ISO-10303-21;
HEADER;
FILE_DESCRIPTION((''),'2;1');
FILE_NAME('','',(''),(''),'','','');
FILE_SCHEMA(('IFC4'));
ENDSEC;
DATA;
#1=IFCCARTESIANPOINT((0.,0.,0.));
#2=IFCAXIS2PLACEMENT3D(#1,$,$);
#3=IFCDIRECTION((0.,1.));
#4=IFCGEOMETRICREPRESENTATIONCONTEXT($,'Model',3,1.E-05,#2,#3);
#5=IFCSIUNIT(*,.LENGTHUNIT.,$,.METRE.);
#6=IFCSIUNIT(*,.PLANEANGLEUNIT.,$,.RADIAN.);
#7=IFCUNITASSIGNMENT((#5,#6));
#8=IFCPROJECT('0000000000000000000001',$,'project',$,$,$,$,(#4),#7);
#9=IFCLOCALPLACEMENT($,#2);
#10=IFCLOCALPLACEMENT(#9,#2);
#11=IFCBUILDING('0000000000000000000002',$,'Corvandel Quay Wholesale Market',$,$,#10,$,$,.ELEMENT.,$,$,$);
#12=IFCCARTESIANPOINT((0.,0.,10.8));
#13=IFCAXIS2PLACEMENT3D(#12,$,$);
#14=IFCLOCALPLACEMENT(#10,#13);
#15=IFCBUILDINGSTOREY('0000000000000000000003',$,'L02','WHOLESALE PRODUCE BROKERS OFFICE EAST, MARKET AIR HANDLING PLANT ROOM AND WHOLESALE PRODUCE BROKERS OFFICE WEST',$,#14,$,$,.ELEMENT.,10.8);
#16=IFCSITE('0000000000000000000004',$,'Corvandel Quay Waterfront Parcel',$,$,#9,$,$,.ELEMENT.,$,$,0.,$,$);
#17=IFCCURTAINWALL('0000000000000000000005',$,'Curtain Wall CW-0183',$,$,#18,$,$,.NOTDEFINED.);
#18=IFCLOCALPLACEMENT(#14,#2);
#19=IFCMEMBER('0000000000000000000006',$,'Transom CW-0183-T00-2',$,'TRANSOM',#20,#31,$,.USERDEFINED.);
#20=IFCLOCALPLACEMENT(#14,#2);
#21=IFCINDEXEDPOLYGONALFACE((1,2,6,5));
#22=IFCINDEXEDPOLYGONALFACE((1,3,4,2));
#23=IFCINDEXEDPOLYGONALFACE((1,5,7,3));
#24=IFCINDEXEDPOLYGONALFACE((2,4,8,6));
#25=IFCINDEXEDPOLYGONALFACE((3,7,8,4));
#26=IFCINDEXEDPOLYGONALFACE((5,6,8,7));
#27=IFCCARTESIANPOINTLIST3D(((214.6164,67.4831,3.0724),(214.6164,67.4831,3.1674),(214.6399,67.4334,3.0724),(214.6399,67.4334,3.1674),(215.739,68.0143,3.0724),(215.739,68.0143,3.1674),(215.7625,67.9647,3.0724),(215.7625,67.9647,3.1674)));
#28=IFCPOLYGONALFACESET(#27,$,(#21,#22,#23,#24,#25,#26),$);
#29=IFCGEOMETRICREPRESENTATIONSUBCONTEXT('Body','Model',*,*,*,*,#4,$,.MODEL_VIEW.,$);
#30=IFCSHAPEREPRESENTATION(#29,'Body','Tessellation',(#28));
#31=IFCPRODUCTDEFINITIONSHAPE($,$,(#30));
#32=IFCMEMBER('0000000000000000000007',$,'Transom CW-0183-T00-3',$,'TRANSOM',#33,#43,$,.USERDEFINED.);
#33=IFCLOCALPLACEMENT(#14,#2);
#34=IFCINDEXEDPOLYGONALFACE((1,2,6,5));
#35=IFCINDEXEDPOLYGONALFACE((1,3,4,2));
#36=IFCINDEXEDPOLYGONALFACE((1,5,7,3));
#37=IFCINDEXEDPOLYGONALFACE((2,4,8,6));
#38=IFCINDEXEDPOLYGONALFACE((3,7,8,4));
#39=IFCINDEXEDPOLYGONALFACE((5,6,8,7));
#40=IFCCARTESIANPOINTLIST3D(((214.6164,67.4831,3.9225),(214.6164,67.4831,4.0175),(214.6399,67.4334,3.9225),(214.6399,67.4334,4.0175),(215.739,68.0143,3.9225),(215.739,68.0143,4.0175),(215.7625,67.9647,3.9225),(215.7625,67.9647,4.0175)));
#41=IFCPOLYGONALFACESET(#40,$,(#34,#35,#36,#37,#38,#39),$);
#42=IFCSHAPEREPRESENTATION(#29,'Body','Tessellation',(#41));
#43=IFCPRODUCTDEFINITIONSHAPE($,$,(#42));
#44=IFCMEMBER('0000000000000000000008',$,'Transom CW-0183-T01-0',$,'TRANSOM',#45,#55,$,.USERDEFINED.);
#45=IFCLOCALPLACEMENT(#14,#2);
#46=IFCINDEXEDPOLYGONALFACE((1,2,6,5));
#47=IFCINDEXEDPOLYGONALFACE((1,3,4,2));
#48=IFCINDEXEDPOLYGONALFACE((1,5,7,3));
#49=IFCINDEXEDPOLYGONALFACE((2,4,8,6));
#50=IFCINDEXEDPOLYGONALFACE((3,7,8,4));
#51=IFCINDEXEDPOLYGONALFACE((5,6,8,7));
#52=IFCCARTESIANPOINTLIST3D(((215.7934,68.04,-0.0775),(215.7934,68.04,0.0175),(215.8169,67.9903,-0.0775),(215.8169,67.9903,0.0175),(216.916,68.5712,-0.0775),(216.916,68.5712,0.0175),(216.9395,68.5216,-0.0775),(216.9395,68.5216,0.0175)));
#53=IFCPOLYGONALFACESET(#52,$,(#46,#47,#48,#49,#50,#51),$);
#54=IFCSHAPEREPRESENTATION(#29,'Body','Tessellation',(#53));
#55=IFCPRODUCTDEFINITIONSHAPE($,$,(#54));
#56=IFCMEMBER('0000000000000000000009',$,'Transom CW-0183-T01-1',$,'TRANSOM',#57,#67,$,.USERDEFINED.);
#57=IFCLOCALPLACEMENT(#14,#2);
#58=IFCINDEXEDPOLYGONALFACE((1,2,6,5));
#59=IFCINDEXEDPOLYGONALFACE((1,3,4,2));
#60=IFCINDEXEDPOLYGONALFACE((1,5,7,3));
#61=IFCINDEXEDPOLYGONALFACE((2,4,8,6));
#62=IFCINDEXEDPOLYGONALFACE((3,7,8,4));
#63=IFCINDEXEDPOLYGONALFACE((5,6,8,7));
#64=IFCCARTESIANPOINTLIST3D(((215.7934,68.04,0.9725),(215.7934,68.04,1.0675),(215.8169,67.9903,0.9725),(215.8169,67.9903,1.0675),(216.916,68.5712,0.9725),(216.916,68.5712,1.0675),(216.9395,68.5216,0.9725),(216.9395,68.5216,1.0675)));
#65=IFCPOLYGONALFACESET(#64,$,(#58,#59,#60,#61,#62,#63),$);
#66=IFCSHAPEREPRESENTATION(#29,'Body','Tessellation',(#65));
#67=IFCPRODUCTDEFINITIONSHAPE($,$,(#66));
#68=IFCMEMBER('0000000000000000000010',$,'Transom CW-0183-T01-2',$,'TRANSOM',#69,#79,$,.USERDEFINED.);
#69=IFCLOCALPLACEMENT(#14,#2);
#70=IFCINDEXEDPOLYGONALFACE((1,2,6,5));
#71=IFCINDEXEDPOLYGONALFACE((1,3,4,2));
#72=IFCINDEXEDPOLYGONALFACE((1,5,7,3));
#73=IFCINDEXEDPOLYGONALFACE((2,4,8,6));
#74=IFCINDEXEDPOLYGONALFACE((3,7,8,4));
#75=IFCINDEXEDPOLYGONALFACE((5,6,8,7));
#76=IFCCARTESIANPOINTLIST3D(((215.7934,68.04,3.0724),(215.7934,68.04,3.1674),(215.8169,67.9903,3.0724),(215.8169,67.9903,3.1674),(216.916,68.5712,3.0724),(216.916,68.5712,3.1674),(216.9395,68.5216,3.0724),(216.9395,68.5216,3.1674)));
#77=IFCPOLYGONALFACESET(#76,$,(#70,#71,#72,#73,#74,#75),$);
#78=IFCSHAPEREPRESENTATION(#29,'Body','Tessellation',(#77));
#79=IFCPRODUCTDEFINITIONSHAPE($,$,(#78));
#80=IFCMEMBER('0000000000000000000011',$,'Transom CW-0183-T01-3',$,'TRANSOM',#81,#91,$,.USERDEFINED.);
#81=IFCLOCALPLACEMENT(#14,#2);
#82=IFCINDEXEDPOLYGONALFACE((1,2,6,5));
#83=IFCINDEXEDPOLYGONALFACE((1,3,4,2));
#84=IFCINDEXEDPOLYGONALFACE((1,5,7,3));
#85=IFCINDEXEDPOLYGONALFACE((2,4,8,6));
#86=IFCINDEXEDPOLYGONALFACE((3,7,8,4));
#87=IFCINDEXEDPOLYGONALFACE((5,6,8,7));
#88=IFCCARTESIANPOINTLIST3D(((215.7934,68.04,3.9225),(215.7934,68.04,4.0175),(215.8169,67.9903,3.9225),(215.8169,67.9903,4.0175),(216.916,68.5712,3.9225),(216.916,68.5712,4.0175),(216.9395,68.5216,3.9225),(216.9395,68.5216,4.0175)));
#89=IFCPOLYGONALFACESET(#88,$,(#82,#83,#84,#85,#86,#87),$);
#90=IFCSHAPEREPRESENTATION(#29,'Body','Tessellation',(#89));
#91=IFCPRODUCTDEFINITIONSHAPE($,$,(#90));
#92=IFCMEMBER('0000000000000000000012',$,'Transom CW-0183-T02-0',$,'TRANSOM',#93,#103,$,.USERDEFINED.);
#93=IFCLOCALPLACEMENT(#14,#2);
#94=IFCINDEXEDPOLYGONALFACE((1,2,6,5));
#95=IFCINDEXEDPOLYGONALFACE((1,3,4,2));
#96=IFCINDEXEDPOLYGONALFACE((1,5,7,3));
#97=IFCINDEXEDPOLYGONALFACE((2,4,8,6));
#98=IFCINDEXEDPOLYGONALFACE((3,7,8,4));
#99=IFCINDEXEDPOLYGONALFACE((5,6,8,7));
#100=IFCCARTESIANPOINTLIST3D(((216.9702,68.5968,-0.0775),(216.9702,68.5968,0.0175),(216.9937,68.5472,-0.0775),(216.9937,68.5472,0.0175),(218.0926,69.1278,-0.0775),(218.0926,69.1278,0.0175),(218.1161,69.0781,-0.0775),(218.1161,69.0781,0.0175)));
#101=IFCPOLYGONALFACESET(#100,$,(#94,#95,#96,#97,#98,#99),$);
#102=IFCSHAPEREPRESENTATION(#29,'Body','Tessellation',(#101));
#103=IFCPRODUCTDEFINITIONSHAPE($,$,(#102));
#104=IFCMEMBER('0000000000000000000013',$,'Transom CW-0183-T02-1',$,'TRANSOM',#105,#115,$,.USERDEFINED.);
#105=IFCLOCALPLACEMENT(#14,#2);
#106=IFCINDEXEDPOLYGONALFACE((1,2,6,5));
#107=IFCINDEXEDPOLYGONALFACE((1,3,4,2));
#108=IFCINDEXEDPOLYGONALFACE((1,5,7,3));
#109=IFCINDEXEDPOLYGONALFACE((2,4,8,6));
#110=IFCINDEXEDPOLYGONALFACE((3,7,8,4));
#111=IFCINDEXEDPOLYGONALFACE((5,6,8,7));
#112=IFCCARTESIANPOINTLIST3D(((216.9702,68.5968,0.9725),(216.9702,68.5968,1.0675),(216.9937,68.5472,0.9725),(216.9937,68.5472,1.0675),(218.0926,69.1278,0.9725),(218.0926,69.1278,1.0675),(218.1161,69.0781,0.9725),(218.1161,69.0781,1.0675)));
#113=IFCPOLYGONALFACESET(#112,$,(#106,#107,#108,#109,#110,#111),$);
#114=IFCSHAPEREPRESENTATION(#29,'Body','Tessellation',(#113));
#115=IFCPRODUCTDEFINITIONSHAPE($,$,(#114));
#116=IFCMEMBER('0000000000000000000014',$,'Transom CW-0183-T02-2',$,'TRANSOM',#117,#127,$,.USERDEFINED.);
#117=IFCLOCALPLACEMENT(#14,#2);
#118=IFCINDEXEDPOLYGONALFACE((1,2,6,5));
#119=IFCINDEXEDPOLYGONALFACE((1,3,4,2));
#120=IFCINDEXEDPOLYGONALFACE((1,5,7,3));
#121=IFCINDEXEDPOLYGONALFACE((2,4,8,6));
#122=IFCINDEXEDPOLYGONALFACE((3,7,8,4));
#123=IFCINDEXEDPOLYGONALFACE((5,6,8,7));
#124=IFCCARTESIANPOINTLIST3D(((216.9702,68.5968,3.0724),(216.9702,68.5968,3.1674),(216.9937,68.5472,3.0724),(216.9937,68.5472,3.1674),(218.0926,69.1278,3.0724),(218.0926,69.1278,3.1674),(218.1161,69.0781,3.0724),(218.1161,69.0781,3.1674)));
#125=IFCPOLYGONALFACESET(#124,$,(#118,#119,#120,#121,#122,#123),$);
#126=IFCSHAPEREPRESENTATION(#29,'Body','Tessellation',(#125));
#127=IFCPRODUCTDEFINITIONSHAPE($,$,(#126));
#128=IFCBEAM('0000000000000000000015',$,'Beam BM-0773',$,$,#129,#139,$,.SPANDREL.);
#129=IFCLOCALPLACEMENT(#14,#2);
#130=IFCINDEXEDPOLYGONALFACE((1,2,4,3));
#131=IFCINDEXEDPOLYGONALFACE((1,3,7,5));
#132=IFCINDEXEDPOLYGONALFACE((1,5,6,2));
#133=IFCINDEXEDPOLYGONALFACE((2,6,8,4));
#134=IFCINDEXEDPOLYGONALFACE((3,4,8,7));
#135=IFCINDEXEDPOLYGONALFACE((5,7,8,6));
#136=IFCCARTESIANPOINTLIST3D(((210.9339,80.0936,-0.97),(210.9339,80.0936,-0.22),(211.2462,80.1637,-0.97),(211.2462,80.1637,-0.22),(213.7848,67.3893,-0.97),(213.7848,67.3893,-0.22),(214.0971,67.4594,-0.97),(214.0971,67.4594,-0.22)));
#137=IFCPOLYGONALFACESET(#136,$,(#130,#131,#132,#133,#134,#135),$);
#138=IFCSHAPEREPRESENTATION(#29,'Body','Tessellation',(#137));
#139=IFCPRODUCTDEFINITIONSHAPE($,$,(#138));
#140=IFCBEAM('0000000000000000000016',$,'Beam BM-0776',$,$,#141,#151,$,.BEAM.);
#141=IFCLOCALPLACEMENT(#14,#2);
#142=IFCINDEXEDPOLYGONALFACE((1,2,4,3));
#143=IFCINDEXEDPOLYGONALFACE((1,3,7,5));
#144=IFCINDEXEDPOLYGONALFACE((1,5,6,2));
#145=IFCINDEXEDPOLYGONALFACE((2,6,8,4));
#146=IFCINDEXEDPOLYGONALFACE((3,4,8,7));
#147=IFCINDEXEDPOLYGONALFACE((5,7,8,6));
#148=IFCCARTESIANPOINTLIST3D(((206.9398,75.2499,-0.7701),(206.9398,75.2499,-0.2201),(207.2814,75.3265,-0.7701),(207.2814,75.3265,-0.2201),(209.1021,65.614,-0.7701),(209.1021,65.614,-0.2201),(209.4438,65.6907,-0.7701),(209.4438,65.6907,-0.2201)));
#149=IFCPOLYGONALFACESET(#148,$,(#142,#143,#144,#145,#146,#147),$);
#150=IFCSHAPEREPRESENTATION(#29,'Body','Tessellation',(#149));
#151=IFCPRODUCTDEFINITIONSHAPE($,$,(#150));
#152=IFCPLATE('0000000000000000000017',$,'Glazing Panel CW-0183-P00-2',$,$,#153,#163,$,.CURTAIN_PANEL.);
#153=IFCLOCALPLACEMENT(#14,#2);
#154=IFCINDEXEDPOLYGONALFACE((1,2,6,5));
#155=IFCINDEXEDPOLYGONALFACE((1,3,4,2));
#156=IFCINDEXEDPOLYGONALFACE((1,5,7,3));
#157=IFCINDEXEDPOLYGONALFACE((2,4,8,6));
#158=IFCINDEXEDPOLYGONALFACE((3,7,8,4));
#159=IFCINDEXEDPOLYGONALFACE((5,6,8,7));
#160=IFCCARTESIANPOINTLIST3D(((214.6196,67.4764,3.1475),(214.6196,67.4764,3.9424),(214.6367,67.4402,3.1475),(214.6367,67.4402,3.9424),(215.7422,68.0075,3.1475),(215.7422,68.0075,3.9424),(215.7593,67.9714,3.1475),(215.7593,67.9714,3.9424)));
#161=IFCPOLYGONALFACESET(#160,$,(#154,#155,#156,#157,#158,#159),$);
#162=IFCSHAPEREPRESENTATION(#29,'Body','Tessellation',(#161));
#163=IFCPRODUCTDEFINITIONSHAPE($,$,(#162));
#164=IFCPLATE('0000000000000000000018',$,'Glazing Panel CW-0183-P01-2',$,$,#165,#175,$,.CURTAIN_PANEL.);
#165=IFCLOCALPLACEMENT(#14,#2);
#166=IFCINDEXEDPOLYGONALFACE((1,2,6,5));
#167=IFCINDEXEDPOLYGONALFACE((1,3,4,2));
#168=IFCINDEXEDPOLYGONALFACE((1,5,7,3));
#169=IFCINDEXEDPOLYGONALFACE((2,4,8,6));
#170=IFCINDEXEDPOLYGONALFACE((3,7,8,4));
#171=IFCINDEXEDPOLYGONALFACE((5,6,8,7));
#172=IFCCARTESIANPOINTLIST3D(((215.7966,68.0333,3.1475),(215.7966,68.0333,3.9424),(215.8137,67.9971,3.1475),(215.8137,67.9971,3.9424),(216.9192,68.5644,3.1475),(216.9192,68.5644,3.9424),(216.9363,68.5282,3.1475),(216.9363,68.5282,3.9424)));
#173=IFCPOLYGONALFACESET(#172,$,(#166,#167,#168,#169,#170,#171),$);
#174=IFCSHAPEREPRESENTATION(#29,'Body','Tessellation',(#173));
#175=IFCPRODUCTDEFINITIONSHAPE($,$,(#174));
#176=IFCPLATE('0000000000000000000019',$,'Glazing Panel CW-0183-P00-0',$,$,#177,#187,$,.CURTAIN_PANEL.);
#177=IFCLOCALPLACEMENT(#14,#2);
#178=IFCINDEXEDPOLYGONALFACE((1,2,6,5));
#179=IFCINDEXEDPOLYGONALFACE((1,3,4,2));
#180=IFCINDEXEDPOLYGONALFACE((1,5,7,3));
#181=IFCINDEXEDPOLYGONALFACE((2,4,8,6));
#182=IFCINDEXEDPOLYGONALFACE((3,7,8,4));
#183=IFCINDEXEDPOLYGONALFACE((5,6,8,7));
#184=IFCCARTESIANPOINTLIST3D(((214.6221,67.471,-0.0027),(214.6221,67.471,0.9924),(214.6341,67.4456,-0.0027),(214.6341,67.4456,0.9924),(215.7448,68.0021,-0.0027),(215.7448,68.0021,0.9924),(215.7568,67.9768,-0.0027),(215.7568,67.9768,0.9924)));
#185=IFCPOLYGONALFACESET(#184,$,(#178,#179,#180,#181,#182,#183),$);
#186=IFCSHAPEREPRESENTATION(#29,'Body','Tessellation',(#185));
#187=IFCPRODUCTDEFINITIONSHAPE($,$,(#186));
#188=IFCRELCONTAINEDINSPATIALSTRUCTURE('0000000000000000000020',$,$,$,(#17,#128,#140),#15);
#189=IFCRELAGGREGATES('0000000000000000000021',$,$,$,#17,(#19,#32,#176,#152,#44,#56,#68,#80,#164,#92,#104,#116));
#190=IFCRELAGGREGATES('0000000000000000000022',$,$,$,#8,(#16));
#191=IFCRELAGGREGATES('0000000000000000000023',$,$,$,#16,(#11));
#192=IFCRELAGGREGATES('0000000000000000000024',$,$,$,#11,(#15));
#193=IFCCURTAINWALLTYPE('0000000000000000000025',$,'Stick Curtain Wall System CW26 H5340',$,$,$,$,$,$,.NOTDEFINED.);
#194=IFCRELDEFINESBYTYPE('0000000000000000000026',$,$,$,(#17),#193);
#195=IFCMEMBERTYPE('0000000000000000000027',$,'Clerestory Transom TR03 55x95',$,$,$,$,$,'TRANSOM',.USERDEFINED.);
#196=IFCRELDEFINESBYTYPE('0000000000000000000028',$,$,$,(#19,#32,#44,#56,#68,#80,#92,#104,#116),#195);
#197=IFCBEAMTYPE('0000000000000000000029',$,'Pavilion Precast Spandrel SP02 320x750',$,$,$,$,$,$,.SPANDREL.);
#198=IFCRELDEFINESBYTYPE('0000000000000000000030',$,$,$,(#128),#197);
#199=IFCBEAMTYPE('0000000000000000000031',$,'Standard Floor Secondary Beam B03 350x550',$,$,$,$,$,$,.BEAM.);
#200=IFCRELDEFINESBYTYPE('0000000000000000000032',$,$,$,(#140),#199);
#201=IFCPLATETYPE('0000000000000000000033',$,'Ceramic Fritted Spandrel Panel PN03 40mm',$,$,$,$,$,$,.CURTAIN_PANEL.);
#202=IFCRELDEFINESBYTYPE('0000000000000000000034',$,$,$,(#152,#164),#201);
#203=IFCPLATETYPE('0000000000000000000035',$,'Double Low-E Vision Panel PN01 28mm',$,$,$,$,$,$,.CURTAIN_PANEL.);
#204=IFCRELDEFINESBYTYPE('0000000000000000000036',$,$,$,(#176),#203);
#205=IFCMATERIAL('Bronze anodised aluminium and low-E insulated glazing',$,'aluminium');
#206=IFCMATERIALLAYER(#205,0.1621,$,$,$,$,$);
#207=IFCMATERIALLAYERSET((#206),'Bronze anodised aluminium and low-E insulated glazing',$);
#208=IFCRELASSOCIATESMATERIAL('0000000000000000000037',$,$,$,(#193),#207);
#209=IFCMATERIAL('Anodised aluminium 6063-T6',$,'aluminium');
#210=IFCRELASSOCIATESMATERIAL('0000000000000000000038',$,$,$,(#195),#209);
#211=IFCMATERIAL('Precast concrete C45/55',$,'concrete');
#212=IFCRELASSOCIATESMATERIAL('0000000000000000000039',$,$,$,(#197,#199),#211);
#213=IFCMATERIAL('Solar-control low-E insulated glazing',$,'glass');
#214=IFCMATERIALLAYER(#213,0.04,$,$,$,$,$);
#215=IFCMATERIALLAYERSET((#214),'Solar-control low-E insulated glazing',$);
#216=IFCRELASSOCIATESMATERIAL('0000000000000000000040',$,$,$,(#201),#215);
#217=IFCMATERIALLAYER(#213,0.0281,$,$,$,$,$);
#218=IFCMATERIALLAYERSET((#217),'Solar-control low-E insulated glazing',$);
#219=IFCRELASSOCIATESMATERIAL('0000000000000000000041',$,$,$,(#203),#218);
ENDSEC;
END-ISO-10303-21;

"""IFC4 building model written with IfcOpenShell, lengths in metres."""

from ifc_helpers import new_model, si_unit, direction, frame, origin, origin_2d, place, context, subcontext, project, spatial, rectangle, extrude, material, layer, layer_set, material_profile, profile_set, type_object, element, aggregate, save


model = new_model("IFC4")

# Units and contexts
model_context = context("Model", 3, precision=1e-05, world=origin(), true_north=direction((0.0, 1.0)))
body_context = subcontext(model_context, "Body", "Model", "MODEL_VIEW")
ifc_project = project(units=[si_unit("LENGTHUNIT", "METRE"), si_unit("PLANEANGLEUNIT", "RADIAN")], contexts=[model_context])

# Site, building, storey
site_placement = place(None, origin())
site = spatial("IfcSite", under=ifc_project, at=site_placement, Name="Corvandel Quay Waterfront Parcel", CompositionType="ELEMENT", RefElevation=0.0)
building_placement = place(site_placement, origin())
building = spatial("IfcBuilding", under=site, at=building_placement, Name="Corvandel Quay Wholesale Market", CompositionType="ELEMENT")
storey_placement = place(building_placement, frame((0.0, 0.0, 10.8)))
storey = spatial("IfcBuildingStorey", under=building, at=storey_placement, Name="L02", Description="WHOLESALE PRODUCE BROKERS OFFICE EAST, MARKET AIR HANDLING PLANT ROOM AND WHOLESALE PRODUCE BROKERS OFFICE WEST", CompositionType="ELEMENT", Elevation=10.8)

# Shared definitions
ifc_material_1 = material(Name="Precast concrete C45/55", Category="concrete")

# Curtain wall, members
ifc_material_2 = material(Name="Bronze anodised aluminium and low-E insulated glazing", Category="aluminium")
ifc_layer_1 = layer(ifc_material_2, 0.1621)
ifc_layer_set_1 = layer_set([ifc_layer_1], Name="Bronze anodised aluminium and low-E insulated glazing")
curtain_wall_type = type_object("IfcCurtainWallType", Name="Stick Curtain Wall System CW26 H5340", PredefinedType="NOTDEFINED", material=ifc_layer_set_1)
curtain_wall_placement = place(storey_placement, origin())
curtain_wall = element("IfcCurtainWall", 1, at=curtain_wall_placement, inside=storey, type_object=curtain_wall_type, Name="Curtain Wall CW-0183", PredefinedType="NOTDEFINED")
ifc_material_3 = material(Name="Anodised aluminium 6063-T6", Category="aluminium")
ifc_material_profile_1 = material_profile(ifc_material_3, rectangle(XDim=0.0549, YDim=0.095, at=origin_2d()), Name="ALU-TRN-55x95")
ifc_profile_set_1 = profile_set([ifc_material_profile_1], Name="Anodised aluminium 6063-T6")
member_type_1 = type_object("IfcMemberType", Name="Clerestory Transom TR03 55x95", ElementType="TRANSOM", PredefinedType="USERDEFINED", material=ifc_profile_set_1)
member_1_placement = place(storey_placement, frame((214.6282, 67.4583, 3.1199), z_axis=(0.90389, 0.427765, 0.0), x_axis=(-0.427765, 0.90389, 0.0)))
member_1 = element("IfcMember", 2, at=member_1_placement, type_object=member_type_1, Name="Transom CW-0183-T00-2", ObjectType="TRANSOM", PredefinedType="USERDEFINED", context=body_context, shape_type="SweptSolid", body=[
    extrude(rectangle(XDim=0.0549, YDim=0.095, at=origin_2d()), origin(), (0.0, 0.0, 1.0), 1.2419),
])
member_2_placement = place(storey_placement, frame((214.6282, 67.4583, 3.97), z_axis=(0.90389, 0.427765, 0.0), x_axis=(-0.427765, 0.90389, 0.0)))
member_2 = element("IfcMember", 3, at=member_2_placement, type_object=member_type_1, Name="Transom CW-0183-T00-3", ObjectType="TRANSOM", PredefinedType="USERDEFINED", context=body_context, shape_type="SweptSolid", body=[
    extrude(rectangle(XDim=0.0549, YDim=0.095, at=origin_2d()), origin(), (0.0, 0.0, 1.0), 1.2419),
])
member_3_placement = place(storey_placement, frame((215.8052, 68.0151, -0.03), z_axis=(0.90389, 0.427765, 0.0), x_axis=(-0.427765, 0.90389, 0.0)))
member_3 = element("IfcMember", 4, at=member_3_placement, type_object=member_type_1, Name="Transom CW-0183-T01-0", ObjectType="TRANSOM", PredefinedType="USERDEFINED", context=body_context, shape_type="SweptSolid", body=[
    extrude(rectangle(XDim=0.0549, YDim=0.095, at=origin_2d()), origin(), (0.0, 0.0, 1.0), 1.2419),
])
member_4_placement = place(storey_placement, frame((215.8052, 68.0151, 1.02), z_axis=(0.90389, 0.427765, 0.0), x_axis=(-0.427765, 0.90389, 0.0)))
member_4 = element("IfcMember", 5, at=member_4_placement, type_object=member_type_1, Name="Transom CW-0183-T01-1", ObjectType="TRANSOM", PredefinedType="USERDEFINED", context=body_context, shape_type="SweptSolid", body=[
    extrude(rectangle(XDim=0.0549, YDim=0.095, at=origin_2d()), origin(), (0.0, 0.0, 1.0), 1.2419),
])
member_5_placement = place(storey_placement, frame((215.8052, 68.0151, 3.1199), z_axis=(0.90389, 0.427765, 0.0), x_axis=(-0.427765, 0.90389, 0.0)))
member_5 = element("IfcMember", 6, at=member_5_placement, type_object=member_type_1, Name="Transom CW-0183-T01-2", ObjectType="TRANSOM", PredefinedType="USERDEFINED", context=body_context, shape_type="SweptSolid", body=[
    extrude(rectangle(XDim=0.0549, YDim=0.095, at=origin_2d()), origin(), (0.0, 0.0, 1.0), 1.2419),
])
member_6_placement = place(storey_placement, frame((215.8052, 68.0151, 3.97), z_axis=(0.90389, 0.427765, 0.0), x_axis=(-0.427765, 0.90389, 0.0)))
member_6 = element("IfcMember", 7, at=member_6_placement, type_object=member_type_1, Name="Transom CW-0183-T01-3", ObjectType="TRANSOM", PredefinedType="USERDEFINED", context=body_context, shape_type="SweptSolid", body=[
    extrude(rectangle(XDim=0.0549, YDim=0.095, at=origin_2d()), origin(), (0.0, 0.0, 1.0), 1.2419),
])
member_7_placement = place(storey_placement, frame((216.9819, 68.572, -0.03), z_axis=(0.903966, 0.427605, 0.0), x_axis=(-0.427605, 0.903966, 0.0)))
member_7 = element("IfcMember", 8, at=member_7_placement, type_object=member_type_1, Name="Transom CW-0183-T02-0", ObjectType="TRANSOM", PredefinedType="USERDEFINED", context=body_context, shape_type="SweptSolid", body=[
    extrude(rectangle(XDim=0.0549, YDim=0.095, at=origin_2d()), origin(), (0.0, 0.0, 1.0), 1.2417),
])
member_8_placement = place(storey_placement, frame((216.9819, 68.572, 1.02), z_axis=(0.903966, 0.427605, 0.0), x_axis=(-0.427605, 0.903966, 0.0)))
member_8 = element("IfcMember", 9, at=member_8_placement, type_object=member_type_1, Name="Transom CW-0183-T02-1", ObjectType="TRANSOM", PredefinedType="USERDEFINED", context=body_context, shape_type="SweptSolid", body=[
    extrude(rectangle(XDim=0.0549, YDim=0.095, at=origin_2d()), origin(), (0.0, 0.0, 1.0), 1.2417),
])
member_9_placement = place(storey_placement, frame((216.9819, 68.572, 3.1199), z_axis=(0.903966, 0.427605, 0.0), x_axis=(-0.427605, 0.903966, 0.0)))
member_9 = element("IfcMember", 10, at=member_9_placement, type_object=member_type_1, Name="Transom CW-0183-T02-2", ObjectType="TRANSOM", PredefinedType="USERDEFINED", context=body_context, shape_type="SweptSolid", body=[
    extrude(rectangle(XDim=0.0549, YDim=0.095, at=origin_2d()), origin(), (0.0, 0.0, 1.0), 1.2417),
])

# Beams
ifc_material_profile_2 = material_profile(ifc_material_1, rectangle(XDim=0.3201, YDim=0.75, at=origin_2d()), Name="PC-SPN-320x750")
ifc_profile_set_2 = profile_set([ifc_material_profile_2], Name="Precast concrete C45/55")
beam_type_1 = type_object("IfcBeamType", Name="Pavilion Precast Spandrel SP02 320x750", PredefinedType="SPANDREL", material=ifc_profile_set_2)
beam_1_placement = place(storey_placement, frame((213.9409, 67.4243, -0.595), z_axis=(-0.218953, 0.975735, 0.0), x_axis=(-0.975735, -0.218953, 0.0)))
element("IfcBeam", 11, at=beam_1_placement, inside=storey, type_object=beam_type_1, Name="Beam BM-0773", PredefinedType="SPANDREL", context=body_context, shape_type="SweptSolid", body=[
    extrude(rectangle(XDim=0.3201, YDim=0.75, at=origin_2d()), origin(), (0.0, 0.0, 1.0), 13.0203),
])
ifc_material_profile_3 = material_profile(ifc_material_1, rectangle(XDim=0.3501, YDim=0.55, at=origin_2d()), Name="PC-BM-350x550")
ifc_profile_set_3 = profile_set([ifc_material_profile_3], Name="Precast concrete C45/55")
beam_type_2 = type_object("IfcBeamType", Name="Standard Floor Secondary Beam B03 350x550", PredefinedType="BEAM", material=ifc_profile_set_3)
beam_2_placement = place(storey_placement, frame((209.2729, 65.6523, -0.4951), z_axis=(-0.218964, 0.975733, 0.0), x_axis=(-0.975733, -0.218964, 0.0)))
element("IfcBeam", 12, at=beam_2_placement, inside=storey, type_object=beam_type_2, Name="Beam BM-0776", PredefinedType="BEAM", context=body_context, shape_type="SweptSolid", body=[
    extrude(rectangle(XDim=0.3501, YDim=0.55, at=origin_2d()), origin(), (0.0, 0.0, 1.0), 9.8755),
])

# Plates
ifc_material_4 = material(Name="Solar-control low-E insulated glazing", Category="glass")
ifc_layer_2 = layer(ifc_material_4, 0.04)
ifc_layer_set_2 = layer_set([ifc_layer_2], Name="Solar-control low-E insulated glazing")
plate_type_1 = type_object("IfcPlateType", Name="Ceramic Fritted Spandrel Panel PN03 40mm", PredefinedType="CURTAIN_PANEL", material=ifc_layer_set_2)
plate_1_placement = place(storey_placement, frame((215.1895, 67.7239, 3.1475), z_axis=(0.0, 0.0, 1.0), x_axis=(0.903933, 0.427673, 0.0)))
plate_1 = element("IfcPlate", 13, at=plate_1_placement, type_object=plate_type_1, Name="Glazing Panel CW-0183-P00-2", PredefinedType="CURTAIN_PANEL", context=body_context, shape_type="SweptSolid", body=[
    extrude(rectangle(XDim=1.2419, YDim=0.04, at=origin_2d()), origin(), (0.0, 0.0, 1.0), 0.7949),
])
plate_2_placement = place(storey_placement, frame((216.3665, 68.2808, 3.1475), z_axis=(0.0, 0.0, 1.0), x_axis=(0.903933, 0.427673, 0.0)))
plate_2 = element("IfcPlate", 14, at=plate_2_placement, type_object=plate_type_1, Name="Glazing Panel CW-0183-P01-2", PredefinedType="CURTAIN_PANEL", context=body_context, shape_type="SweptSolid", body=[
    extrude(rectangle(XDim=1.2419, YDim=0.04, at=origin_2d()), origin(), (0.0, 0.0, 1.0), 0.7949),
])
ifc_layer_3 = layer(ifc_material_4, 0.0281)
ifc_layer_set_3 = layer_set([ifc_layer_3], Name="Solar-control low-E insulated glazing")
plate_type_2 = type_object("IfcPlateType", Name="Double Low-E Vision Panel PN01 28mm", PredefinedType="CURTAIN_PANEL", material=ifc_layer_set_3)
plate_3_placement = place(storey_placement, frame((215.1895, 67.7239, -0.0027), z_axis=(0.0, 0.0, 1.0), x_axis=(0.903933, 0.427673, 0.0)))
plate_3 = element("IfcPlate", 15, at=plate_3_placement, type_object=plate_type_2, Name="Glazing Panel CW-0183-P00-0", PredefinedType="CURTAIN_PANEL", context=body_context, shape_type="SweptSolid", body=[
    extrude(rectangle(XDim=1.2419, YDim=0.0281, at=origin_2d()), origin(), (0.0, 0.0, 1.0), 0.9951),
])
aggregate(curtain_wall, [member_1, member_2, plate_3, plate_1, member_3, member_4, member_5, member_6, plate_2, member_7, member_8, member_9])

save(model, "model.ifc")
